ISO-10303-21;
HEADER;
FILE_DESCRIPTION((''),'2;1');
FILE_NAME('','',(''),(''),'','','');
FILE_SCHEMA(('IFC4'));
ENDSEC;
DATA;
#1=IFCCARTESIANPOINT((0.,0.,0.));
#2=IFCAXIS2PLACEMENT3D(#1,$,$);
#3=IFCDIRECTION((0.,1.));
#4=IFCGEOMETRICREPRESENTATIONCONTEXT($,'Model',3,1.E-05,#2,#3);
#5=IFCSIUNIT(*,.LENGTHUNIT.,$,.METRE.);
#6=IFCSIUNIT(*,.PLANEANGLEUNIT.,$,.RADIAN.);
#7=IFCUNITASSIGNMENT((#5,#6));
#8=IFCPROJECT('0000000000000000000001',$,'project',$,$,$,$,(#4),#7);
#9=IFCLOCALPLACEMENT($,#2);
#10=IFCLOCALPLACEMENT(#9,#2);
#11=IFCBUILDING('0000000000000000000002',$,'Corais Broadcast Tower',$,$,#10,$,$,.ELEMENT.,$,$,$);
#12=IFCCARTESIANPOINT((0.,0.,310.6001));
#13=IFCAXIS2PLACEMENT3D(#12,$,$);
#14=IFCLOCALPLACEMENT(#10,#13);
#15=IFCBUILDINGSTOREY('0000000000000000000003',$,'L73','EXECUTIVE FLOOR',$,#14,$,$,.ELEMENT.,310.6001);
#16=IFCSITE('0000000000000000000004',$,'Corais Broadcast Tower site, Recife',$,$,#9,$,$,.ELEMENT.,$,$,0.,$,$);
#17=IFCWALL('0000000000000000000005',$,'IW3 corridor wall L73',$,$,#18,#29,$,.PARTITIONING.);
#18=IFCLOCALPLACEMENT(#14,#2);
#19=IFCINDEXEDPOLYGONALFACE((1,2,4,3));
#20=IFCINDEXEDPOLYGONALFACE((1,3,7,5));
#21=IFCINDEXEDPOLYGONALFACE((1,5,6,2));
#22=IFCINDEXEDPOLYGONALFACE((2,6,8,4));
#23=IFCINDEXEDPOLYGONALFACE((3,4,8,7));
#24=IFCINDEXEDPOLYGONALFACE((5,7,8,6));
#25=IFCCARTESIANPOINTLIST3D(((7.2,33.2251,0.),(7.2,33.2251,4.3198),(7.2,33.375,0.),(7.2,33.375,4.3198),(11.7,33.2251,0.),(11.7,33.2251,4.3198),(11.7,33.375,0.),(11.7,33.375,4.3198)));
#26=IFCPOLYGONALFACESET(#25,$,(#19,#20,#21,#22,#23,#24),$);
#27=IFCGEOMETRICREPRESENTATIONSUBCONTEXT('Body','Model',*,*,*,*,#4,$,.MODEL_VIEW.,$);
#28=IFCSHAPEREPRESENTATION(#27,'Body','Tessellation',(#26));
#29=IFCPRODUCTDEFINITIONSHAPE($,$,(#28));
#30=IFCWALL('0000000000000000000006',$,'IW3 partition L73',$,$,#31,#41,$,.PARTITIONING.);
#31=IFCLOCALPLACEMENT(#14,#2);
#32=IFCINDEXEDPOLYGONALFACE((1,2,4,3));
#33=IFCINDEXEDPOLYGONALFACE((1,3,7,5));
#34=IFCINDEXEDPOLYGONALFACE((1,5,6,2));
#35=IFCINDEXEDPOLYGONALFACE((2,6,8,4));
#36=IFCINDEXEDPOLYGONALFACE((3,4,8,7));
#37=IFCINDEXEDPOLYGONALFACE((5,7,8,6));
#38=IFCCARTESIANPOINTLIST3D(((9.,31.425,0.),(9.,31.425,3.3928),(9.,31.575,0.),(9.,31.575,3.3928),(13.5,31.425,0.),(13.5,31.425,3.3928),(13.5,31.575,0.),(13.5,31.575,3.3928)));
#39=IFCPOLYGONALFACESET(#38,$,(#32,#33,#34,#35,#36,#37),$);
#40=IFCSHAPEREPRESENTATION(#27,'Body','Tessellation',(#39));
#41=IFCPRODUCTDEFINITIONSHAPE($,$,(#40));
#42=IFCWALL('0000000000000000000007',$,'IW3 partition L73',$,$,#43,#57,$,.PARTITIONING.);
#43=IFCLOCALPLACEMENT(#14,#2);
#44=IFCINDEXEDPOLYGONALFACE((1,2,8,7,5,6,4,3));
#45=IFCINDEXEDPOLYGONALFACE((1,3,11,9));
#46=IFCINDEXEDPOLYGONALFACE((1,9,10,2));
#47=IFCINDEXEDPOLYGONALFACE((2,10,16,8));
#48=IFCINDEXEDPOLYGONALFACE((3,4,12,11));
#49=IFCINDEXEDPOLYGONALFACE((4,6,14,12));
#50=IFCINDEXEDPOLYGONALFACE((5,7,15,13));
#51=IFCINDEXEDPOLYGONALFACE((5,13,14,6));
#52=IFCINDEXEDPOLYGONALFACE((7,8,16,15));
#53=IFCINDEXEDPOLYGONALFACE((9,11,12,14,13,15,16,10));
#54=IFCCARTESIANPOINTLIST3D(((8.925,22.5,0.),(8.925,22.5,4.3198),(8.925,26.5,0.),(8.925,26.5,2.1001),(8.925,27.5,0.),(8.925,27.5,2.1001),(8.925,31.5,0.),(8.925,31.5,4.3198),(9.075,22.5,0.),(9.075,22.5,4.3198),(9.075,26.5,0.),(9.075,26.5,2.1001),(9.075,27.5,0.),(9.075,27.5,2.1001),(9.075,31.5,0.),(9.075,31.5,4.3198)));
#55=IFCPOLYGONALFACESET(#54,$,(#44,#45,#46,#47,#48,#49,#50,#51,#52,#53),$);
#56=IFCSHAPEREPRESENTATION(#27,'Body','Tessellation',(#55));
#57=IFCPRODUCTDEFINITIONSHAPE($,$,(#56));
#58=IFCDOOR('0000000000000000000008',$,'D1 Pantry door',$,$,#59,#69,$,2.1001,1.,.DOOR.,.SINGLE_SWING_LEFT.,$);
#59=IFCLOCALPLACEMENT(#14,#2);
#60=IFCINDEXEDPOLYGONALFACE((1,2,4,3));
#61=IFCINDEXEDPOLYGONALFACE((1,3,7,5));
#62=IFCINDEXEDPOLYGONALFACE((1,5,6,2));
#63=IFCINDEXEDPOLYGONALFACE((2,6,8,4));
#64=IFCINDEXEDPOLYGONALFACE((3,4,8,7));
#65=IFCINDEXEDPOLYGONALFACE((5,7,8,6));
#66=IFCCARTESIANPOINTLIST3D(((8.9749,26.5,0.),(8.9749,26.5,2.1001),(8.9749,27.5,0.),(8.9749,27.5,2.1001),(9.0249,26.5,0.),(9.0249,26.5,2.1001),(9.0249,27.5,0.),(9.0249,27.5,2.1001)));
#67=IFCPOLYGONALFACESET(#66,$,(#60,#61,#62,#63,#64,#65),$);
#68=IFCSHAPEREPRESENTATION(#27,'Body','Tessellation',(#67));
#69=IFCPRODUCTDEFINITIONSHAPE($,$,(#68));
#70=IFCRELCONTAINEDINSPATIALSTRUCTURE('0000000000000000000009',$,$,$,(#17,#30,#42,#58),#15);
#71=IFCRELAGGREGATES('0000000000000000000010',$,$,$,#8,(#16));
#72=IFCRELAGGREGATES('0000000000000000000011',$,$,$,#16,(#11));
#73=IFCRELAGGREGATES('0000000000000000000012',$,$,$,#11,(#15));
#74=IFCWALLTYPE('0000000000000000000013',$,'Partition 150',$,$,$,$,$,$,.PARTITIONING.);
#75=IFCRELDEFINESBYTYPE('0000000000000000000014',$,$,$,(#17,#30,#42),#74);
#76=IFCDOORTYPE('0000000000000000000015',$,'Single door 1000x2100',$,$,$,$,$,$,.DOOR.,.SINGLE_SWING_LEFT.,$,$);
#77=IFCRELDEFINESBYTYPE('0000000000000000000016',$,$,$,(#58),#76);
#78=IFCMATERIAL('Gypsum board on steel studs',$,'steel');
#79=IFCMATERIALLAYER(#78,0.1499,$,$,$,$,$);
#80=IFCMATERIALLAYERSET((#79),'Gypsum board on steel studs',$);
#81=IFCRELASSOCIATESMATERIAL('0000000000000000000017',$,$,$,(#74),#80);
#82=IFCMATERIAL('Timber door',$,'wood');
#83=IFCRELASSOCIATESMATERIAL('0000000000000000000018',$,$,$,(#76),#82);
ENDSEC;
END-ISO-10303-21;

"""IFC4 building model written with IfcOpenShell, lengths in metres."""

from ifc_helpers import new_model, si_unit, direction, frame, frame_2d, origin, place, context, subcontext, project, spatial, rectangle, extrude, material, layer, layer_set, type_object, element, fill, save


model = new_model("IFC4")

# Units and contexts
model_context = context("Model", 3, precision=1e-05, world=origin(), true_north=direction((0.0, 1.0)))
body_context = subcontext(model_context, "Body", "Model", "MODEL_VIEW")
ifc_project = project(units=[si_unit("LENGTHUNIT", "METRE"), si_unit("PLANEANGLEUNIT", "RADIAN")], contexts=[model_context])

# Site, building, storey
site_placement = place(None, origin())
site = spatial("IfcSite", under=ifc_project, at=site_placement, Name="Corais Broadcast Tower site, Recife", CompositionType="ELEMENT", RefElevation=0.0)
building_placement = place(site_placement, origin())
building = spatial("IfcBuilding", under=site, at=building_placement, Name="Corais Broadcast Tower", CompositionType="ELEMENT")
storey_placement = place(building_placement, frame((0.0, 0.0, 310.6001)))
storey = spatial("IfcBuildingStorey", under=building, at=storey_placement, Name="L73", Description="EXECUTIVE FLOOR", CompositionType="ELEMENT", Elevation=310.6001)

# Shared definitions
ifc_material_1 = material(Name="Gypsum board on steel studs", Category="steel")
ifc_layer_1 = layer(ifc_material_1, 0.1499)
ifc_layer_set_1 = layer_set([ifc_layer_1], Name="Gypsum board on steel studs")
wall_type_1 = type_object("IfcWallType", Name="Partition 150", PredefinedType="PARTITIONING", material=ifc_layer_set_1)
ifc_material_2 = material(Name="Timber door", Category="wood")
door_type_1 = type_object("IfcDoorType", Name="Single door 1000x2100", OperationType="SINGLE_SWING_LEFT", PredefinedType="DOOR", material=ifc_material_2)

# Walls
wall_1_placement = place(storey_placement, frame((11.7, 33.3, 0.0), z_axis=(0.0, 0.0, 1.0), x_axis=(-1.0, 0.0, 0.0)))
element("IfcWall", 1, at=wall_1_placement, inside=storey, type_object=wall_type_1, Name="IW3 corridor wall L73", PredefinedType="PARTITIONING", context=body_context, shape_type="SweptSolid", body=[
    extrude(rectangle(XDim=4.5, YDim=0.1499, at=frame_2d((2.25, 0.0))), origin(), (0.0, 0.0, 1.0), 4.3198),
])
wall_2_placement = place(storey_placement, frame((13.5, 31.5, 0.0), z_axis=(0.0, 0.0, 1.0), x_axis=(-1.0, 0.0, 0.0)))
element("IfcWall", 2, at=wall_2_placement, inside=storey, type_object=wall_type_1, Name="IW3 partition L73", PredefinedType="PARTITIONING", context=body_context, shape_type="SweptSolid", body=[
    extrude(rectangle(XDim=4.5, YDim=0.1499, at=frame_2d((2.25, 0.0))), origin(), (0.0, 0.0, 1.0), 3.3928),
])

# Wall, opening, door
wall_3_placement = place(storey_placement, frame((9.0, 31.5, 0.0), z_axis=(0.0, 0.0, 1.0), x_axis=(0.0, -1.0, 0.0)))
wall_3 = element("IfcWall", 3, at=wall_3_placement, inside=storey, type_object=wall_type_1, Name="IW3 partition L73", PredefinedType="PARTITIONING", context=body_context, shape_type="SweptSolid", body=[
    extrude(rectangle(XDim=9.0, YDim=0.1499, at=frame_2d((4.5, 0.0))), origin(), (0.0, 0.0, 1.0), 4.3198),
])
opening_1_placement = place(wall_3_placement, frame((4.0, 0.0, 0.0)))
opening_1 = element("IfcOpeningElement", 4, at=opening_1_placement, cuts=wall_3, PredefinedType="OPENING", context=body_context, shape_type="SweptSolid", body=[
    extrude(rectangle(XDim=1.0, YDim=2.1001, at=frame_2d((0.5, 1.05))), frame((0.0, 0.085, 0.0), z_axis=(0.0, -1.0, 0.0), x_axis=(1.0, 0.0, 0.0)), (0.0, 0.0, 1.0), 0.1699),
])
door_1_placement = place(opening_1_placement, origin())
door_1 = element("IfcDoor", 5, at=door_1_placement, inside=storey, type_object=door_type_1, Name="D1 Pantry door", OperationType="SINGLE_SWING_LEFT", OverallHeight=2.1001, OverallWidth=1.0, PredefinedType="DOOR", context=body_context, shape_type="SweptSolid", body=[
    extrude(rectangle(XDim=1.0, YDim=2.1001, at=frame_2d((0.5, 1.05))), frame((0.0, 0.0249, 0.0), z_axis=(0.0, -1.0, 0.0), x_axis=(1.0, 0.0, 0.0)), (0.0, 0.0, 1.0), 0.05),
])
fill(opening_1, door_1)

save(model, "model.ifc")
